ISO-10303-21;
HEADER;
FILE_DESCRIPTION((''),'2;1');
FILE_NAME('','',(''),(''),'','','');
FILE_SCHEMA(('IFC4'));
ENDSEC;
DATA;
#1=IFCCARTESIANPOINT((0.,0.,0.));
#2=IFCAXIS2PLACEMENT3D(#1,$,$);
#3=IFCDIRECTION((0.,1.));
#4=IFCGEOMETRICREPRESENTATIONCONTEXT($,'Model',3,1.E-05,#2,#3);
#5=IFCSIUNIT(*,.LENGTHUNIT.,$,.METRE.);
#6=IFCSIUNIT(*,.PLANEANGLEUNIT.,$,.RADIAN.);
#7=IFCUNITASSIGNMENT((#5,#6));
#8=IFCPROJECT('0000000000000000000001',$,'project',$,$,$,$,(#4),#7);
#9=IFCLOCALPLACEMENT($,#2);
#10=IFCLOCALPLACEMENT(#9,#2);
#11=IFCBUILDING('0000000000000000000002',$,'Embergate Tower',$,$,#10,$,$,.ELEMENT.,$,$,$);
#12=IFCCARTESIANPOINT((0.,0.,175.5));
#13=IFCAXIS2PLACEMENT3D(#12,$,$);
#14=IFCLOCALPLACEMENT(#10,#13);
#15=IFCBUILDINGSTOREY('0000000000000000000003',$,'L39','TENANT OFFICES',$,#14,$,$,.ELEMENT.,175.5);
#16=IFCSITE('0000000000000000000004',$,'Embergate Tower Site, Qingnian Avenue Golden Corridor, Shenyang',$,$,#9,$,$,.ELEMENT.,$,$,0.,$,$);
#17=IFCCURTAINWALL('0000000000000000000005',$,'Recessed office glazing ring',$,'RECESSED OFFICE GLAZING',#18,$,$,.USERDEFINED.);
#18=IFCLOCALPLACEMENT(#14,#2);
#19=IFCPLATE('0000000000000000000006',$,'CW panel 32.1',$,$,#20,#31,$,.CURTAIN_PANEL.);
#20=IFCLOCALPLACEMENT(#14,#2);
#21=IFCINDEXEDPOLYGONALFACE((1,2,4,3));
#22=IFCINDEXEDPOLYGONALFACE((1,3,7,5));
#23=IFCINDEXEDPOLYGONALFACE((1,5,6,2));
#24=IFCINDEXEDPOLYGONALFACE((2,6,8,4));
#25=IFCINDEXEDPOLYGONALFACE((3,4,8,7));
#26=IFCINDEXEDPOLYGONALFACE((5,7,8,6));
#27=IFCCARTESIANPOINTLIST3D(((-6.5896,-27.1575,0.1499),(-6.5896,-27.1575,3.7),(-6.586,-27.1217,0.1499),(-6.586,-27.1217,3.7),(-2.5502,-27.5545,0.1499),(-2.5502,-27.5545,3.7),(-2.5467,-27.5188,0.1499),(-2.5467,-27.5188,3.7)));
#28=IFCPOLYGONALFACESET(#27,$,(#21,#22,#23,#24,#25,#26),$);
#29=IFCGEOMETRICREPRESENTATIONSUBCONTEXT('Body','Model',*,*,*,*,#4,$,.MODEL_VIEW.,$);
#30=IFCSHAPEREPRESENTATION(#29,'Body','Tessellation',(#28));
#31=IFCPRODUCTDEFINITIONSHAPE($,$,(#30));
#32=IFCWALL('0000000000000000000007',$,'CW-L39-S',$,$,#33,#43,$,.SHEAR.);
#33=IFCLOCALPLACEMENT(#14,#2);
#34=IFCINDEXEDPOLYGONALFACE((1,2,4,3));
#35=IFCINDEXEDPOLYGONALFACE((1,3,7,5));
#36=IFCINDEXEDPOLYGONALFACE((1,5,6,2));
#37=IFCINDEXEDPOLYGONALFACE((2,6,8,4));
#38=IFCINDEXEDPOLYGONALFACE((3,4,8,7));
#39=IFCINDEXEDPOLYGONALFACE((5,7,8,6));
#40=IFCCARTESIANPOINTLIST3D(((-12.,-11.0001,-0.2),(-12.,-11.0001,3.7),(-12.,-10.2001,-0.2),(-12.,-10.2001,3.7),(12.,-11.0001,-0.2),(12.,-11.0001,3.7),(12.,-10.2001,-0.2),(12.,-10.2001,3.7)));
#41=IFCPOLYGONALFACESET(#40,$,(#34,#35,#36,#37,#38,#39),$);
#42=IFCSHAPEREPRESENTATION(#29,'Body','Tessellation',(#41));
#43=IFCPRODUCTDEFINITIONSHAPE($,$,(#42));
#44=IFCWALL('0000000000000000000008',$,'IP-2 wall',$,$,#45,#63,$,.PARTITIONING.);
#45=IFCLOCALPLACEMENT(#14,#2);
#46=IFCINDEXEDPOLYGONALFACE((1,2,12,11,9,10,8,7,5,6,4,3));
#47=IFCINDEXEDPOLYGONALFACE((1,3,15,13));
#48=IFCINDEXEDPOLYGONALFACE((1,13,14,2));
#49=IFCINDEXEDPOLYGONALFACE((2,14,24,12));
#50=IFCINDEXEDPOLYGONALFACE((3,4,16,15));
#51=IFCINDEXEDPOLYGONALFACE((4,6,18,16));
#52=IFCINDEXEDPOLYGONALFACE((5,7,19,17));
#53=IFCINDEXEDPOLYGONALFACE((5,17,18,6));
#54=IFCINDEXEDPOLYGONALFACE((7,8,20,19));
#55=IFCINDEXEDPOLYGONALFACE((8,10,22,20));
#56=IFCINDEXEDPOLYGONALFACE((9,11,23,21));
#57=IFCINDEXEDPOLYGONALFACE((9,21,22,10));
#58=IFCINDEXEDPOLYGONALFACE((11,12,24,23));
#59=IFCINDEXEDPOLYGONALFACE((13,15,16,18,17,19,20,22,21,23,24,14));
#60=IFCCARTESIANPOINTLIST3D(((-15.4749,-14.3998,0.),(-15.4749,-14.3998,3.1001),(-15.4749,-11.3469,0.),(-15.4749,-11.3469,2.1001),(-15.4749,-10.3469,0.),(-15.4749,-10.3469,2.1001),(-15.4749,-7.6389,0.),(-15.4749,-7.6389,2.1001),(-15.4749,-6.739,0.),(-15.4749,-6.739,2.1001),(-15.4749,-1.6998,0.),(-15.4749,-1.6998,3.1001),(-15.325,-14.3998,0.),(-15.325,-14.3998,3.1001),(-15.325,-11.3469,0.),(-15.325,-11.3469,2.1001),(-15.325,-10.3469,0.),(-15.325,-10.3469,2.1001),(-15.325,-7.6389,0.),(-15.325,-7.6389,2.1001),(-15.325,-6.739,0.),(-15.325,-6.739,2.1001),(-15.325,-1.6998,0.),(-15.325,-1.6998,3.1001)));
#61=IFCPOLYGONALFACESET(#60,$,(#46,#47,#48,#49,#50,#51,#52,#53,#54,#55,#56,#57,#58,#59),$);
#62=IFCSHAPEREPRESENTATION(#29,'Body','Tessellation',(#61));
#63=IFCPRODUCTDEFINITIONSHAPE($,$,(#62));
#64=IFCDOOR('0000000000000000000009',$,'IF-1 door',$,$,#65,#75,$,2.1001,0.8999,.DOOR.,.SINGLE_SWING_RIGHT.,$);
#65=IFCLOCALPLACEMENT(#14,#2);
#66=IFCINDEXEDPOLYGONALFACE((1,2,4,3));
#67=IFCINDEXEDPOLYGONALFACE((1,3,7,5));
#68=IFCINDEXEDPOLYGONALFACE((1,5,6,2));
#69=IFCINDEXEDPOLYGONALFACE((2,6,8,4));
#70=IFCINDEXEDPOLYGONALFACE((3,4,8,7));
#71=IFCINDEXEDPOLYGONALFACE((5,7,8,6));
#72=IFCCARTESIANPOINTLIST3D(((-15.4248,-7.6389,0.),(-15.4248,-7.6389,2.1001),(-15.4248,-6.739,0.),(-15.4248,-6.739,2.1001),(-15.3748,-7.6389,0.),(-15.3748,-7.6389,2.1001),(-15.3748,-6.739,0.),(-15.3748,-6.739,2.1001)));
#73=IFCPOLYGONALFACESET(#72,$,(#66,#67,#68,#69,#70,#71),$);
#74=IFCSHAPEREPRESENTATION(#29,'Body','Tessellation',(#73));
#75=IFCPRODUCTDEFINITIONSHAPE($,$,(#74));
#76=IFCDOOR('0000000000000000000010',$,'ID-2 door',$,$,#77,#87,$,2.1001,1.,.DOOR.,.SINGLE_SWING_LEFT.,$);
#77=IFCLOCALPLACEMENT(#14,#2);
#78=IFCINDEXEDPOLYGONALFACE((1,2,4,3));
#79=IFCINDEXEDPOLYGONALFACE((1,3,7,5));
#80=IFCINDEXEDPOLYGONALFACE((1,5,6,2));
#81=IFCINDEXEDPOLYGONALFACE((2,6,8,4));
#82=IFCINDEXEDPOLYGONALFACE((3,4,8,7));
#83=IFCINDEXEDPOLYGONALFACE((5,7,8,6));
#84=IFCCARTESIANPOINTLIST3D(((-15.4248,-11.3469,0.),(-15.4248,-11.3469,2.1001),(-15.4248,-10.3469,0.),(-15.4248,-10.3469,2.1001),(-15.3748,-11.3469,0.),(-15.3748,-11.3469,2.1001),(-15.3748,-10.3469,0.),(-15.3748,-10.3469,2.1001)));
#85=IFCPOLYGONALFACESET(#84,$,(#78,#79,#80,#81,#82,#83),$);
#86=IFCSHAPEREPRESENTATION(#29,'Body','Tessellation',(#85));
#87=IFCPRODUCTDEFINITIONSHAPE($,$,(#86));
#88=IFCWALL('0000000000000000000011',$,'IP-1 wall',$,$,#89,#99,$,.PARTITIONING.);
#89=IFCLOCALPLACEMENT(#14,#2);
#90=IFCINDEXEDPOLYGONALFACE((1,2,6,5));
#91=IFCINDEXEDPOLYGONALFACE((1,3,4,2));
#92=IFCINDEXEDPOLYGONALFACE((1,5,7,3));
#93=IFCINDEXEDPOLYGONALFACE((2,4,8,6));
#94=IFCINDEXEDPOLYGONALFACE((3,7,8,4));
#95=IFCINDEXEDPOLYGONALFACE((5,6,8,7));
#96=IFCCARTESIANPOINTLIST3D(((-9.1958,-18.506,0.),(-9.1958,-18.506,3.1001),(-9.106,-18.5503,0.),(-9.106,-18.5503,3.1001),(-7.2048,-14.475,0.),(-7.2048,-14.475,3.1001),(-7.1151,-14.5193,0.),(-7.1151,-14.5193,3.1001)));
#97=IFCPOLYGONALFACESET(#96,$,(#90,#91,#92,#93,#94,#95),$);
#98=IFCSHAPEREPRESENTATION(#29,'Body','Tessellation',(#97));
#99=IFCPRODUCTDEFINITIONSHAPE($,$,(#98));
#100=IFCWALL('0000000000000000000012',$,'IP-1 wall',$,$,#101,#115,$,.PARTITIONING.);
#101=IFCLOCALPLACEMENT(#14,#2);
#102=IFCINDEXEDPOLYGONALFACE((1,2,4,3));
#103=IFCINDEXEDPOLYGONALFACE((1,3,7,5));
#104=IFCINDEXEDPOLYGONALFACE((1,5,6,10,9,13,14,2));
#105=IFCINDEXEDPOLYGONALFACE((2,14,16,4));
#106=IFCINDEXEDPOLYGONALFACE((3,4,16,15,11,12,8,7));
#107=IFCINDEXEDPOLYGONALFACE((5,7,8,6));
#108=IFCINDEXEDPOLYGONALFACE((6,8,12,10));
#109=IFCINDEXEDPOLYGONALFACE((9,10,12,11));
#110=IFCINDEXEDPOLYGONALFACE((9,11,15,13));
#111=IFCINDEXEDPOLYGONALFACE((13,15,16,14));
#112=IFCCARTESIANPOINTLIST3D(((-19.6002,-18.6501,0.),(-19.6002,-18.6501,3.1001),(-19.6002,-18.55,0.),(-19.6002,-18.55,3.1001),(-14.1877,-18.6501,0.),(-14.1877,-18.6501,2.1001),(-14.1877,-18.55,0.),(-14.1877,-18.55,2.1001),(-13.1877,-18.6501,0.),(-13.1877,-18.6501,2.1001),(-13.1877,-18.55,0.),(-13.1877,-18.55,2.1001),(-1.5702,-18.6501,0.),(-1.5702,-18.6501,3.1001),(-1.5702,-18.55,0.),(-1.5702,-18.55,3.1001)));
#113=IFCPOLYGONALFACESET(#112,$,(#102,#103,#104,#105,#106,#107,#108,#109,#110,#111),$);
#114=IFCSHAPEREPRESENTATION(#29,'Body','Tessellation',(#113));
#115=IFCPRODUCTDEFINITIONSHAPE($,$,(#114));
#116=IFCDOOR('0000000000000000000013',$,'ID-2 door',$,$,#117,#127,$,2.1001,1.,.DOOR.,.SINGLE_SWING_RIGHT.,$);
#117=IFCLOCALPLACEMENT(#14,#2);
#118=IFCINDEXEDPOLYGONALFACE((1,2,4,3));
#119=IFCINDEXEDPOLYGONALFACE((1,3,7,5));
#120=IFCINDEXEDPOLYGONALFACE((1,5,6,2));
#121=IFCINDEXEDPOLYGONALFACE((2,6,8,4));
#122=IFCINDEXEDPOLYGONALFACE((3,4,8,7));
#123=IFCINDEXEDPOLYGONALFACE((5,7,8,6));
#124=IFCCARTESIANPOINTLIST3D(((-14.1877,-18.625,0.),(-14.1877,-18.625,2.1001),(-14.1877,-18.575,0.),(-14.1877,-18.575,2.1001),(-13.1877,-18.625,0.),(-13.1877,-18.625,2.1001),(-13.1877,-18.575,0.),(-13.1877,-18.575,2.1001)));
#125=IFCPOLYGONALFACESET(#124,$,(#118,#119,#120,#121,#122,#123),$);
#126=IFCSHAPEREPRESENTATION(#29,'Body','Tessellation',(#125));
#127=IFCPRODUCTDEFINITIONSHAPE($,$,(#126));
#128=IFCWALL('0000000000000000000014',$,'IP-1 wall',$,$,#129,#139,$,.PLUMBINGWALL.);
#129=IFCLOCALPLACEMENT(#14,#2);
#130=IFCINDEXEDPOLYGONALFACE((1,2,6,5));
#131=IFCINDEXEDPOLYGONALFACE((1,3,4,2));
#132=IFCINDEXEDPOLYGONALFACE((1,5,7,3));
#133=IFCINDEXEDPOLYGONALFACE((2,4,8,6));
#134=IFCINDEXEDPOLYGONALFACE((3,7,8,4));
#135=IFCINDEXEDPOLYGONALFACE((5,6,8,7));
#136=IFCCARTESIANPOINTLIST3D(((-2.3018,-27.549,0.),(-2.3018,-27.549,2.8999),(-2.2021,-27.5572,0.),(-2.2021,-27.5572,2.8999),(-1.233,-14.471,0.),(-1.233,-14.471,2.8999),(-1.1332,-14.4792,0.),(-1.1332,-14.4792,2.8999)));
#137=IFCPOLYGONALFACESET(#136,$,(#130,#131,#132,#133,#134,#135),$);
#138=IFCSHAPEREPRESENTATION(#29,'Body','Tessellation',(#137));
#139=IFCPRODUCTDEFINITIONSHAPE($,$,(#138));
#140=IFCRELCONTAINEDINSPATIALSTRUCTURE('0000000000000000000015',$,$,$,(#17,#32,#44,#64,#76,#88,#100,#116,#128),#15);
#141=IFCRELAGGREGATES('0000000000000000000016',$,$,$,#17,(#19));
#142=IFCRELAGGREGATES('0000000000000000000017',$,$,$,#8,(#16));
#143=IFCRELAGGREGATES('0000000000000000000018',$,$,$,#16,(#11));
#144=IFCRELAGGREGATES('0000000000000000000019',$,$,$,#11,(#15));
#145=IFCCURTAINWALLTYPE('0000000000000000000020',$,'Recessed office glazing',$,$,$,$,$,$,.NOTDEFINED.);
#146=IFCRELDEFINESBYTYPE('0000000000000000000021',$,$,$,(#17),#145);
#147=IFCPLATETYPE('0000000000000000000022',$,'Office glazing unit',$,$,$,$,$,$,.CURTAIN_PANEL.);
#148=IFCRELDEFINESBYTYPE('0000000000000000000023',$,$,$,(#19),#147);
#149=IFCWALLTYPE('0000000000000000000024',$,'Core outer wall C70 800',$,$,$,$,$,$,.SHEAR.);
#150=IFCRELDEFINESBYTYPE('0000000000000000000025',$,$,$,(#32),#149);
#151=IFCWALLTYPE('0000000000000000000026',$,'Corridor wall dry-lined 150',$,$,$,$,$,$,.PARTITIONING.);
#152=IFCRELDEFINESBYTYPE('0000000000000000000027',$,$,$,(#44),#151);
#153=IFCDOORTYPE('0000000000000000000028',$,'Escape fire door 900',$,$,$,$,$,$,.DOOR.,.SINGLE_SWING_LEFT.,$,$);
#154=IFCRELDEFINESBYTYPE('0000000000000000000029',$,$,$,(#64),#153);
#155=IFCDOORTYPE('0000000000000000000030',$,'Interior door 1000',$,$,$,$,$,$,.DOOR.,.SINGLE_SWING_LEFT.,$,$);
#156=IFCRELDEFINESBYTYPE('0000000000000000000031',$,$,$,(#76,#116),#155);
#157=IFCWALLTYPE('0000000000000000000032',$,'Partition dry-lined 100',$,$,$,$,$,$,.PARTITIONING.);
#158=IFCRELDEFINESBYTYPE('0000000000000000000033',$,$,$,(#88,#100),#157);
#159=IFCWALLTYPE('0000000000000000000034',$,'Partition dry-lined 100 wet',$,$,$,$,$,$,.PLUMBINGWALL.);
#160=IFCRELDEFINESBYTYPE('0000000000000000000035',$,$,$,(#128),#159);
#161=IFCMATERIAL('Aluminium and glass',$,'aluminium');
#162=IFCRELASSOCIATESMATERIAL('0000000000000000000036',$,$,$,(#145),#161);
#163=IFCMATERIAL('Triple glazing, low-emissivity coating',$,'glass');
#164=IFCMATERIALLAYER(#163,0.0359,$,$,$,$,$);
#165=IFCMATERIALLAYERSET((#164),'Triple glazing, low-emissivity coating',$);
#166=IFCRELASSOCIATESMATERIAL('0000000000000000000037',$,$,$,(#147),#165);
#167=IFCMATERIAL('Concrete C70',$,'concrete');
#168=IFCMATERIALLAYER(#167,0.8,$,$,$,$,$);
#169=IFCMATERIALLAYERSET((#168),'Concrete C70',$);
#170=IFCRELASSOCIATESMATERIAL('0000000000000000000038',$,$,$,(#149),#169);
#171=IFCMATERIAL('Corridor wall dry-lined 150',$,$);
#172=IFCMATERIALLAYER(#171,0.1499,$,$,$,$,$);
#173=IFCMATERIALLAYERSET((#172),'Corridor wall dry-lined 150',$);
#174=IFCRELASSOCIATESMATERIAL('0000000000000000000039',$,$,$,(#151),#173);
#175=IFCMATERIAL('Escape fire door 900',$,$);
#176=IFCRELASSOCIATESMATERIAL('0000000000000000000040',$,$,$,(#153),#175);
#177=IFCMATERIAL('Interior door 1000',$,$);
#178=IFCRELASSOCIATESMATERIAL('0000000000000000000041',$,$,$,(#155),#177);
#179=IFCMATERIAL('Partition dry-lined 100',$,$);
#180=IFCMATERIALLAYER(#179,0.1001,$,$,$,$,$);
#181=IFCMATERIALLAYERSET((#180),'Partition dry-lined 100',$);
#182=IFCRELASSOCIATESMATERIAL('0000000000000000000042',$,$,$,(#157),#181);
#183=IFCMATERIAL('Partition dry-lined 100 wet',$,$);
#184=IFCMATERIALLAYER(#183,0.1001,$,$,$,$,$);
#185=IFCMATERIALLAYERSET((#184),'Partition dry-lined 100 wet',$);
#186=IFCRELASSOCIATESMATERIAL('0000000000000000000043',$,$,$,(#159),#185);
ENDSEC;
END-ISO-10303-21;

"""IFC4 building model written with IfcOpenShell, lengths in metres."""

from ifc_helpers import new_model, si_unit, direction, frame, frame_2d, origin, origin_2d, place, context, subcontext, project, spatial, rectangle, extrude, source, transform, mapped, material, layer, layer_set, type_object, element, fill, aggregate, save


model = new_model("IFC4")

# Units and contexts
model_context = context("Model", 3, precision=1e-05, world=origin(), true_north=direction((0.0, 1.0)))
body_context = subcontext(model_context, "Body", "Model", "MODEL_VIEW")
ifc_project = project(units=[si_unit("LENGTHUNIT", "METRE"), si_unit("PLANEANGLEUNIT", "RADIAN")], contexts=[model_context])

# Site, building, storey
site_placement = place(None, origin())
site = spatial("IfcSite", under=ifc_project, at=site_placement, Name="Embergate Tower Site, Qingnian Avenue Golden Corridor, Shenyang", CompositionType="ELEMENT", RefElevation=0.0)
building_placement = place(site_placement, origin())
building = spatial("IfcBuilding", under=site, at=building_placement, Name="Embergate Tower", CompositionType="ELEMENT")
storey_placement = place(building_placement, frame((0.0, 0.0, 175.5)))
storey = spatial("IfcBuildingStorey", under=building, at=storey_placement, Name="L39", Description="TENANT OFFICES", CompositionType="ELEMENT", Elevation=175.5)

# Shared definitions
ifc_material_1 = material(Name="Concrete C70", Category="concrete")

# Curtain wall
ifc_material_2 = material(Name="Aluminium and glass", Category="aluminium")
curtain_wall_type = type_object("IfcCurtainWallType", Name="Recessed office glazing", PredefinedType="NOTDEFINED", material=ifc_material_2)
curtain_wall_placement = place(storey_placement, origin())
curtain_wall = element("IfcCurtainWall", 1, at=curtain_wall_placement, inside=storey, type_object=curtain_wall_type, Name="Recessed office glazing ring", ObjectType="RECESSED OFFICE GLAZING", PredefinedType="USERDEFINED")

# Plate
ifc_material_3 = material(Name="Triple glazing, low-emissivity coating", Category="glass")
ifc_layer_1 = layer(ifc_material_3, 0.0359)
ifc_layer_set_1 = layer_set([ifc_layer_1], Name="Triple glazing, low-emissivity coating")
plate_type = type_object("IfcPlateType", Name="Office glazing unit", PredefinedType="CURTAIN_PANEL", material=ifc_layer_set_1)
shared_shape_1 = source(origin(), body_context, "Body", "SweptSolid", [
    extrude(rectangle(XDim=4.0588, YDim=0.0359, at=origin_2d()), origin(), (0.0, 0.0, 1.0), 3.55),
])
plate_1_placement = place(storey_placement, frame((-4.5681, -27.3381, 0.1499), z_axis=(0.0, 0.0, 1.0), x_axis=(0.995203, -0.097828, 0.0)))
plate_1 = element("IfcPlate", 2, at=plate_1_placement, type_object=plate_type, Name="CW panel 32.1", PredefinedType="CURTAIN_PANEL", context=body_context, shape_type="MappedRepresentation", body=[
    mapped(shared_shape_1, transform((0.0, 0.0, 0.0))),
])
aggregate(curtain_wall, [plate_1])

# Wall
ifc_layer_2 = layer(ifc_material_1, 0.8)
ifc_layer_set_2 = layer_set([ifc_layer_2], Name="Concrete C70")
wall_type_1 = type_object("IfcWallType", Name="Core outer wall C70 800", PredefinedType="SHEAR", material=ifc_layer_set_2)
shared_shape_2 = source(origin(), body_context, "Body", "SweptSolid", [
    extrude(rectangle(XDim=24.0, YDim=0.8, at=frame_2d((12.0, 0.0))), origin(), (0.0, 0.0, 1.0), 3.8999),
])
wall_1_placement = place(storey_placement, frame((-12.0, -10.6001, -0.2), z_axis=(0.0, 0.0, 1.0), x_axis=(1.0, 0.0, 0.0)))
element("IfcWall", 3, at=wall_1_placement, inside=storey, type_object=wall_type_1, Name="CW-L39-S", PredefinedType="SHEAR", context=body_context, shape_type="MappedRepresentation", body=[
    mapped(shared_shape_2, transform((0.0, 0.0, 0.0))),
])

# Wall, openings, doors
ifc_material_4 = material(Name="Corridor wall dry-lined 150")
ifc_layer_3 = layer(ifc_material_4, 0.1499)
ifc_layer_set_3 = layer_set([ifc_layer_3], Name="Corridor wall dry-lined 150")
wall_type_2 = type_object("IfcWallType", Name="Corridor wall dry-lined 150", PredefinedType="PARTITIONING", material=ifc_layer_set_3)
shared_shape_3 = source(origin(), body_context, "Body", "SweptSolid", [
    extrude(rectangle(XDim=12.7, YDim=0.1499, at=frame_2d((6.3501, 0.0))), origin(), (0.0, 0.0, 1.0), 3.1001),
])
wall_2_placement = place(storey_placement, frame((-15.3999, -14.3999, 0.0), z_axis=(0.0, 0.0, 1.0), x_axis=(0.0, 1.0, 0.0)))
wall_2 = element("IfcWall", 4, at=wall_2_placement, inside=storey, type_object=wall_type_2, Name="IP-2 wall", PredefinedType="PARTITIONING", context=body_context, shape_type="MappedRepresentation", body=[
    mapped(shared_shape_3, transform((0.0, 0.0, 0.0))),
])
shared_shape_4 = source(origin(), body_context, "Body", "SweptSolid", [
    extrude(rectangle(XDim=0.8999, YDim=2.1001, at=frame_2d((0.45, 1.05))), frame((0.0, 0.085, 0.0), z_axis=(0.0, -1.0, 0.0), x_axis=(1.0, 0.0, 0.0)), (0.0, 0.0, 1.0), 0.1699),
])
opening_1_placement = place(wall_2_placement, frame((6.761, 0.0, 0.0)))
opening_1 = element("IfcOpeningElement", 5, at=opening_1_placement, cuts=wall_2, PredefinedType="OPENING", context=body_context, shape_type="MappedRepresentation", body=[
    mapped(shared_shape_4, transform((0.0, 0.0, 0.0))),
])
shared_shape_5 = source(origin(), body_context, "Body", "SweptSolid", [
    extrude(rectangle(XDim=1.0, YDim=2.1001, at=frame_2d((0.5, 1.05))), frame((0.0, 0.085, 0.0), z_axis=(0.0, -1.0, 0.0), x_axis=(1.0, 0.0, 0.0)), (0.0, 0.0, 1.0), 0.1699),
])
opening_2_placement = place(wall_2_placement, frame((3.053, 0.0, 0.0)))
opening_2 = element("IfcOpeningElement", 6, at=opening_2_placement, cuts=wall_2, PredefinedType="OPENING", context=body_context, shape_type="MappedRepresentation", body=[
    mapped(shared_shape_5, transform((0.0, 0.0, 0.0))),
])
ifc_material_5 = material(Name="Escape fire door 900")
door_type_1 = type_object("IfcDoorType", Name="Escape fire door 900", OperationType="SINGLE_SWING_LEFT", PredefinedType="DOOR", material=ifc_material_5)
shared_shape_6 = source(origin(), body_context, "Body", "SweptSolid", [
    extrude(rectangle(XDim=0.8999, YDim=2.1001, at=frame_2d((0.45, 1.05))), frame((0.0, 0.0249, 0.0), z_axis=(0.0, -1.0, 0.0), x_axis=(1.0, 0.0, 0.0)), (0.0, 0.0, 1.0), 0.05),
])
door_1_placement = place(opening_1_placement, origin())
door_1 = element("IfcDoor", 7, at=door_1_placement, inside=storey, type_object=door_type_1, Name="IF-1 door", OperationType="SINGLE_SWING_RIGHT", OverallHeight=2.1001, OverallWidth=0.8999, PredefinedType="DOOR", context=body_context, shape_type="MappedRepresentation", body=[
    mapped(shared_shape_6, transform((0.0, 0.0, 0.0))),
])
fill(opening_1, door_1)
ifc_material_6 = material(Name="Interior door 1000")
door_type_2 = type_object("IfcDoorType", Name="Interior door 1000", OperationType="SINGLE_SWING_LEFT", PredefinedType="DOOR", material=ifc_material_6)
shared_shape_7 = source(origin(), body_context, "Body", "SweptSolid", [
    extrude(rectangle(XDim=1.0, YDim=2.1001, at=frame_2d((0.5, 1.05))), frame((0.0, 0.0249, 0.0), z_axis=(0.0, -1.0, 0.0), x_axis=(1.0, 0.0, 0.0)), (0.0, 0.0, 1.0), 0.05),
])
door_2_placement = place(opening_2_placement, origin())
door_2 = element("IfcDoor", 8, at=door_2_placement, inside=storey, type_object=door_type_2, Name="ID-2 door", OperationType="SINGLE_SWING_LEFT", OverallHeight=2.1001, OverallWidth=1.0, PredefinedType="DOOR", context=body_context, shape_type="MappedRepresentation", body=[
    mapped(shared_shape_7, transform((0.0, 0.0, 0.0))),
])
fill(opening_2, door_2)

# Wall
ifc_material_7 = material(Name="Partition dry-lined 100")
ifc_layer_4 = layer(ifc_material_7, 0.1001)
ifc_layer_set_4 = layer_set([ifc_layer_4], Name="Partition dry-lined 100")
wall_type_3 = type_object("IfcWallType", Name="Partition dry-lined 100", PredefinedType="PARTITIONING", material=ifc_layer_set_4)
shared_shape_8 = source(origin(), body_context, "Body", "SweptSolid", [
    extrude(rectangle(XDim=4.4958, YDim=0.1001, at=frame_2d((2.248, 0.0))), origin(), (0.0, 0.0, 1.0), 3.1001),
])
wall_3_placement = place(storey_placement, frame((-7.1599, -14.4971, 0.0), z_axis=(0.0, 0.0, 1.0), x_axis=(-0.442842, -0.8966, 0.0)))
element("IfcWall", 9, at=wall_3_placement, inside=storey, type_object=wall_type_3, Name="IP-1 wall", PredefinedType="PARTITIONING", context=body_context, shape_type="MappedRepresentation", body=[
    mapped(shared_shape_8, transform((0.0, 0.0, 0.0))),
])

# Wall, opening, door
shared_shape_9 = source(origin(), body_context, "Body", "SweptSolid", [
    extrude(rectangle(XDim=18.03, YDim=0.1001, at=frame_2d((9.0151, 0.0))), origin(), (0.0, 0.0, 1.0), 3.1001),
])
wall_4_placement = place(storey_placement, frame((-1.5701, -18.6001, 0.0), z_axis=(0.0, 0.0, 1.0), x_axis=(-1.0, 0.0, 0.0)))
wall_4 = element("IfcWall", 10, at=wall_4_placement, inside=storey, type_object=wall_type_3, Name="IP-1 wall", PredefinedType="PARTITIONING", context=body_context, shape_type="MappedRepresentation", body=[
    mapped(shared_shape_9, transform((0.0, 0.0, 0.0))),
])
shared_shape_10 = source(origin(), body_context, "Body", "SweptSolid", [
    extrude(rectangle(XDim=1.0, YDim=2.1001, at=frame_2d((0.5, 1.05))), frame((0.0, 0.0601, 0.0), z_axis=(0.0, -1.0, 0.0), x_axis=(1.0, 0.0, 0.0)), (0.0, 0.0, 1.0), 0.1201),
])
opening_3_placement = place(wall_4_placement, frame((11.6177, 0.0, 0.0)))
opening_3 = element("IfcOpeningElement", 11, at=opening_3_placement, cuts=wall_4, PredefinedType="OPENING", context=body_context, shape_type="MappedRepresentation", body=[
    mapped(shared_shape_10, transform((0.0, 0.0, 0.0))),
])
door_3_placement = place(opening_3_placement, origin())
door_3 = element("IfcDoor", 12, at=door_3_placement, inside=storey, type_object=door_type_2, Name="ID-2 door", OperationType="SINGLE_SWING_RIGHT", OverallHeight=2.1001, OverallWidth=1.0, PredefinedType="DOOR", context=body_context, shape_type="MappedRepresentation", body=[
    mapped(shared_shape_7, transform((0.0, 0.0, 0.0))),
])
fill(opening_3, door_3)

# Wall
ifc_material_8 = material(Name="Partition dry-lined 100 wet")
ifc_layer_5 = layer(ifc_material_8, 0.1001)
ifc_layer_set_5 = layer_set([ifc_layer_5], Name="Partition dry-lined 100 wet")
wall_type_4 = type_object("IfcWallType", Name="Partition dry-lined 100 wet", PredefinedType="PLUMBINGWALL", material=ifc_layer_set_5)
shared_shape_11 = source(origin(), body_context, "Body", "SweptSolid", [
    extrude(rectangle(XDim=13.1216, YDim=0.1001, at=frame_2d((6.5608, 0.0))), origin(), (0.0, 0.0, 1.0), 2.8999),
])
wall_5_placement = place(storey_placement, frame((-1.1831, -14.4751, 0.0), z_axis=(0.0, 0.0, 1.0), x_axis=(-0.081458, -0.996677, 0.0)))
element("IfcWall", 13, at=wall_5_placement, inside=storey, type_object=wall_type_4, Name="IP-1 wall", PredefinedType="PLUMBINGWALL", context=body_context, shape_type="MappedRepresentation", body=[
    mapped(shared_shape_11, transform((0.0, 0.0, 0.0))),
])

save(model, "model.ifc")
